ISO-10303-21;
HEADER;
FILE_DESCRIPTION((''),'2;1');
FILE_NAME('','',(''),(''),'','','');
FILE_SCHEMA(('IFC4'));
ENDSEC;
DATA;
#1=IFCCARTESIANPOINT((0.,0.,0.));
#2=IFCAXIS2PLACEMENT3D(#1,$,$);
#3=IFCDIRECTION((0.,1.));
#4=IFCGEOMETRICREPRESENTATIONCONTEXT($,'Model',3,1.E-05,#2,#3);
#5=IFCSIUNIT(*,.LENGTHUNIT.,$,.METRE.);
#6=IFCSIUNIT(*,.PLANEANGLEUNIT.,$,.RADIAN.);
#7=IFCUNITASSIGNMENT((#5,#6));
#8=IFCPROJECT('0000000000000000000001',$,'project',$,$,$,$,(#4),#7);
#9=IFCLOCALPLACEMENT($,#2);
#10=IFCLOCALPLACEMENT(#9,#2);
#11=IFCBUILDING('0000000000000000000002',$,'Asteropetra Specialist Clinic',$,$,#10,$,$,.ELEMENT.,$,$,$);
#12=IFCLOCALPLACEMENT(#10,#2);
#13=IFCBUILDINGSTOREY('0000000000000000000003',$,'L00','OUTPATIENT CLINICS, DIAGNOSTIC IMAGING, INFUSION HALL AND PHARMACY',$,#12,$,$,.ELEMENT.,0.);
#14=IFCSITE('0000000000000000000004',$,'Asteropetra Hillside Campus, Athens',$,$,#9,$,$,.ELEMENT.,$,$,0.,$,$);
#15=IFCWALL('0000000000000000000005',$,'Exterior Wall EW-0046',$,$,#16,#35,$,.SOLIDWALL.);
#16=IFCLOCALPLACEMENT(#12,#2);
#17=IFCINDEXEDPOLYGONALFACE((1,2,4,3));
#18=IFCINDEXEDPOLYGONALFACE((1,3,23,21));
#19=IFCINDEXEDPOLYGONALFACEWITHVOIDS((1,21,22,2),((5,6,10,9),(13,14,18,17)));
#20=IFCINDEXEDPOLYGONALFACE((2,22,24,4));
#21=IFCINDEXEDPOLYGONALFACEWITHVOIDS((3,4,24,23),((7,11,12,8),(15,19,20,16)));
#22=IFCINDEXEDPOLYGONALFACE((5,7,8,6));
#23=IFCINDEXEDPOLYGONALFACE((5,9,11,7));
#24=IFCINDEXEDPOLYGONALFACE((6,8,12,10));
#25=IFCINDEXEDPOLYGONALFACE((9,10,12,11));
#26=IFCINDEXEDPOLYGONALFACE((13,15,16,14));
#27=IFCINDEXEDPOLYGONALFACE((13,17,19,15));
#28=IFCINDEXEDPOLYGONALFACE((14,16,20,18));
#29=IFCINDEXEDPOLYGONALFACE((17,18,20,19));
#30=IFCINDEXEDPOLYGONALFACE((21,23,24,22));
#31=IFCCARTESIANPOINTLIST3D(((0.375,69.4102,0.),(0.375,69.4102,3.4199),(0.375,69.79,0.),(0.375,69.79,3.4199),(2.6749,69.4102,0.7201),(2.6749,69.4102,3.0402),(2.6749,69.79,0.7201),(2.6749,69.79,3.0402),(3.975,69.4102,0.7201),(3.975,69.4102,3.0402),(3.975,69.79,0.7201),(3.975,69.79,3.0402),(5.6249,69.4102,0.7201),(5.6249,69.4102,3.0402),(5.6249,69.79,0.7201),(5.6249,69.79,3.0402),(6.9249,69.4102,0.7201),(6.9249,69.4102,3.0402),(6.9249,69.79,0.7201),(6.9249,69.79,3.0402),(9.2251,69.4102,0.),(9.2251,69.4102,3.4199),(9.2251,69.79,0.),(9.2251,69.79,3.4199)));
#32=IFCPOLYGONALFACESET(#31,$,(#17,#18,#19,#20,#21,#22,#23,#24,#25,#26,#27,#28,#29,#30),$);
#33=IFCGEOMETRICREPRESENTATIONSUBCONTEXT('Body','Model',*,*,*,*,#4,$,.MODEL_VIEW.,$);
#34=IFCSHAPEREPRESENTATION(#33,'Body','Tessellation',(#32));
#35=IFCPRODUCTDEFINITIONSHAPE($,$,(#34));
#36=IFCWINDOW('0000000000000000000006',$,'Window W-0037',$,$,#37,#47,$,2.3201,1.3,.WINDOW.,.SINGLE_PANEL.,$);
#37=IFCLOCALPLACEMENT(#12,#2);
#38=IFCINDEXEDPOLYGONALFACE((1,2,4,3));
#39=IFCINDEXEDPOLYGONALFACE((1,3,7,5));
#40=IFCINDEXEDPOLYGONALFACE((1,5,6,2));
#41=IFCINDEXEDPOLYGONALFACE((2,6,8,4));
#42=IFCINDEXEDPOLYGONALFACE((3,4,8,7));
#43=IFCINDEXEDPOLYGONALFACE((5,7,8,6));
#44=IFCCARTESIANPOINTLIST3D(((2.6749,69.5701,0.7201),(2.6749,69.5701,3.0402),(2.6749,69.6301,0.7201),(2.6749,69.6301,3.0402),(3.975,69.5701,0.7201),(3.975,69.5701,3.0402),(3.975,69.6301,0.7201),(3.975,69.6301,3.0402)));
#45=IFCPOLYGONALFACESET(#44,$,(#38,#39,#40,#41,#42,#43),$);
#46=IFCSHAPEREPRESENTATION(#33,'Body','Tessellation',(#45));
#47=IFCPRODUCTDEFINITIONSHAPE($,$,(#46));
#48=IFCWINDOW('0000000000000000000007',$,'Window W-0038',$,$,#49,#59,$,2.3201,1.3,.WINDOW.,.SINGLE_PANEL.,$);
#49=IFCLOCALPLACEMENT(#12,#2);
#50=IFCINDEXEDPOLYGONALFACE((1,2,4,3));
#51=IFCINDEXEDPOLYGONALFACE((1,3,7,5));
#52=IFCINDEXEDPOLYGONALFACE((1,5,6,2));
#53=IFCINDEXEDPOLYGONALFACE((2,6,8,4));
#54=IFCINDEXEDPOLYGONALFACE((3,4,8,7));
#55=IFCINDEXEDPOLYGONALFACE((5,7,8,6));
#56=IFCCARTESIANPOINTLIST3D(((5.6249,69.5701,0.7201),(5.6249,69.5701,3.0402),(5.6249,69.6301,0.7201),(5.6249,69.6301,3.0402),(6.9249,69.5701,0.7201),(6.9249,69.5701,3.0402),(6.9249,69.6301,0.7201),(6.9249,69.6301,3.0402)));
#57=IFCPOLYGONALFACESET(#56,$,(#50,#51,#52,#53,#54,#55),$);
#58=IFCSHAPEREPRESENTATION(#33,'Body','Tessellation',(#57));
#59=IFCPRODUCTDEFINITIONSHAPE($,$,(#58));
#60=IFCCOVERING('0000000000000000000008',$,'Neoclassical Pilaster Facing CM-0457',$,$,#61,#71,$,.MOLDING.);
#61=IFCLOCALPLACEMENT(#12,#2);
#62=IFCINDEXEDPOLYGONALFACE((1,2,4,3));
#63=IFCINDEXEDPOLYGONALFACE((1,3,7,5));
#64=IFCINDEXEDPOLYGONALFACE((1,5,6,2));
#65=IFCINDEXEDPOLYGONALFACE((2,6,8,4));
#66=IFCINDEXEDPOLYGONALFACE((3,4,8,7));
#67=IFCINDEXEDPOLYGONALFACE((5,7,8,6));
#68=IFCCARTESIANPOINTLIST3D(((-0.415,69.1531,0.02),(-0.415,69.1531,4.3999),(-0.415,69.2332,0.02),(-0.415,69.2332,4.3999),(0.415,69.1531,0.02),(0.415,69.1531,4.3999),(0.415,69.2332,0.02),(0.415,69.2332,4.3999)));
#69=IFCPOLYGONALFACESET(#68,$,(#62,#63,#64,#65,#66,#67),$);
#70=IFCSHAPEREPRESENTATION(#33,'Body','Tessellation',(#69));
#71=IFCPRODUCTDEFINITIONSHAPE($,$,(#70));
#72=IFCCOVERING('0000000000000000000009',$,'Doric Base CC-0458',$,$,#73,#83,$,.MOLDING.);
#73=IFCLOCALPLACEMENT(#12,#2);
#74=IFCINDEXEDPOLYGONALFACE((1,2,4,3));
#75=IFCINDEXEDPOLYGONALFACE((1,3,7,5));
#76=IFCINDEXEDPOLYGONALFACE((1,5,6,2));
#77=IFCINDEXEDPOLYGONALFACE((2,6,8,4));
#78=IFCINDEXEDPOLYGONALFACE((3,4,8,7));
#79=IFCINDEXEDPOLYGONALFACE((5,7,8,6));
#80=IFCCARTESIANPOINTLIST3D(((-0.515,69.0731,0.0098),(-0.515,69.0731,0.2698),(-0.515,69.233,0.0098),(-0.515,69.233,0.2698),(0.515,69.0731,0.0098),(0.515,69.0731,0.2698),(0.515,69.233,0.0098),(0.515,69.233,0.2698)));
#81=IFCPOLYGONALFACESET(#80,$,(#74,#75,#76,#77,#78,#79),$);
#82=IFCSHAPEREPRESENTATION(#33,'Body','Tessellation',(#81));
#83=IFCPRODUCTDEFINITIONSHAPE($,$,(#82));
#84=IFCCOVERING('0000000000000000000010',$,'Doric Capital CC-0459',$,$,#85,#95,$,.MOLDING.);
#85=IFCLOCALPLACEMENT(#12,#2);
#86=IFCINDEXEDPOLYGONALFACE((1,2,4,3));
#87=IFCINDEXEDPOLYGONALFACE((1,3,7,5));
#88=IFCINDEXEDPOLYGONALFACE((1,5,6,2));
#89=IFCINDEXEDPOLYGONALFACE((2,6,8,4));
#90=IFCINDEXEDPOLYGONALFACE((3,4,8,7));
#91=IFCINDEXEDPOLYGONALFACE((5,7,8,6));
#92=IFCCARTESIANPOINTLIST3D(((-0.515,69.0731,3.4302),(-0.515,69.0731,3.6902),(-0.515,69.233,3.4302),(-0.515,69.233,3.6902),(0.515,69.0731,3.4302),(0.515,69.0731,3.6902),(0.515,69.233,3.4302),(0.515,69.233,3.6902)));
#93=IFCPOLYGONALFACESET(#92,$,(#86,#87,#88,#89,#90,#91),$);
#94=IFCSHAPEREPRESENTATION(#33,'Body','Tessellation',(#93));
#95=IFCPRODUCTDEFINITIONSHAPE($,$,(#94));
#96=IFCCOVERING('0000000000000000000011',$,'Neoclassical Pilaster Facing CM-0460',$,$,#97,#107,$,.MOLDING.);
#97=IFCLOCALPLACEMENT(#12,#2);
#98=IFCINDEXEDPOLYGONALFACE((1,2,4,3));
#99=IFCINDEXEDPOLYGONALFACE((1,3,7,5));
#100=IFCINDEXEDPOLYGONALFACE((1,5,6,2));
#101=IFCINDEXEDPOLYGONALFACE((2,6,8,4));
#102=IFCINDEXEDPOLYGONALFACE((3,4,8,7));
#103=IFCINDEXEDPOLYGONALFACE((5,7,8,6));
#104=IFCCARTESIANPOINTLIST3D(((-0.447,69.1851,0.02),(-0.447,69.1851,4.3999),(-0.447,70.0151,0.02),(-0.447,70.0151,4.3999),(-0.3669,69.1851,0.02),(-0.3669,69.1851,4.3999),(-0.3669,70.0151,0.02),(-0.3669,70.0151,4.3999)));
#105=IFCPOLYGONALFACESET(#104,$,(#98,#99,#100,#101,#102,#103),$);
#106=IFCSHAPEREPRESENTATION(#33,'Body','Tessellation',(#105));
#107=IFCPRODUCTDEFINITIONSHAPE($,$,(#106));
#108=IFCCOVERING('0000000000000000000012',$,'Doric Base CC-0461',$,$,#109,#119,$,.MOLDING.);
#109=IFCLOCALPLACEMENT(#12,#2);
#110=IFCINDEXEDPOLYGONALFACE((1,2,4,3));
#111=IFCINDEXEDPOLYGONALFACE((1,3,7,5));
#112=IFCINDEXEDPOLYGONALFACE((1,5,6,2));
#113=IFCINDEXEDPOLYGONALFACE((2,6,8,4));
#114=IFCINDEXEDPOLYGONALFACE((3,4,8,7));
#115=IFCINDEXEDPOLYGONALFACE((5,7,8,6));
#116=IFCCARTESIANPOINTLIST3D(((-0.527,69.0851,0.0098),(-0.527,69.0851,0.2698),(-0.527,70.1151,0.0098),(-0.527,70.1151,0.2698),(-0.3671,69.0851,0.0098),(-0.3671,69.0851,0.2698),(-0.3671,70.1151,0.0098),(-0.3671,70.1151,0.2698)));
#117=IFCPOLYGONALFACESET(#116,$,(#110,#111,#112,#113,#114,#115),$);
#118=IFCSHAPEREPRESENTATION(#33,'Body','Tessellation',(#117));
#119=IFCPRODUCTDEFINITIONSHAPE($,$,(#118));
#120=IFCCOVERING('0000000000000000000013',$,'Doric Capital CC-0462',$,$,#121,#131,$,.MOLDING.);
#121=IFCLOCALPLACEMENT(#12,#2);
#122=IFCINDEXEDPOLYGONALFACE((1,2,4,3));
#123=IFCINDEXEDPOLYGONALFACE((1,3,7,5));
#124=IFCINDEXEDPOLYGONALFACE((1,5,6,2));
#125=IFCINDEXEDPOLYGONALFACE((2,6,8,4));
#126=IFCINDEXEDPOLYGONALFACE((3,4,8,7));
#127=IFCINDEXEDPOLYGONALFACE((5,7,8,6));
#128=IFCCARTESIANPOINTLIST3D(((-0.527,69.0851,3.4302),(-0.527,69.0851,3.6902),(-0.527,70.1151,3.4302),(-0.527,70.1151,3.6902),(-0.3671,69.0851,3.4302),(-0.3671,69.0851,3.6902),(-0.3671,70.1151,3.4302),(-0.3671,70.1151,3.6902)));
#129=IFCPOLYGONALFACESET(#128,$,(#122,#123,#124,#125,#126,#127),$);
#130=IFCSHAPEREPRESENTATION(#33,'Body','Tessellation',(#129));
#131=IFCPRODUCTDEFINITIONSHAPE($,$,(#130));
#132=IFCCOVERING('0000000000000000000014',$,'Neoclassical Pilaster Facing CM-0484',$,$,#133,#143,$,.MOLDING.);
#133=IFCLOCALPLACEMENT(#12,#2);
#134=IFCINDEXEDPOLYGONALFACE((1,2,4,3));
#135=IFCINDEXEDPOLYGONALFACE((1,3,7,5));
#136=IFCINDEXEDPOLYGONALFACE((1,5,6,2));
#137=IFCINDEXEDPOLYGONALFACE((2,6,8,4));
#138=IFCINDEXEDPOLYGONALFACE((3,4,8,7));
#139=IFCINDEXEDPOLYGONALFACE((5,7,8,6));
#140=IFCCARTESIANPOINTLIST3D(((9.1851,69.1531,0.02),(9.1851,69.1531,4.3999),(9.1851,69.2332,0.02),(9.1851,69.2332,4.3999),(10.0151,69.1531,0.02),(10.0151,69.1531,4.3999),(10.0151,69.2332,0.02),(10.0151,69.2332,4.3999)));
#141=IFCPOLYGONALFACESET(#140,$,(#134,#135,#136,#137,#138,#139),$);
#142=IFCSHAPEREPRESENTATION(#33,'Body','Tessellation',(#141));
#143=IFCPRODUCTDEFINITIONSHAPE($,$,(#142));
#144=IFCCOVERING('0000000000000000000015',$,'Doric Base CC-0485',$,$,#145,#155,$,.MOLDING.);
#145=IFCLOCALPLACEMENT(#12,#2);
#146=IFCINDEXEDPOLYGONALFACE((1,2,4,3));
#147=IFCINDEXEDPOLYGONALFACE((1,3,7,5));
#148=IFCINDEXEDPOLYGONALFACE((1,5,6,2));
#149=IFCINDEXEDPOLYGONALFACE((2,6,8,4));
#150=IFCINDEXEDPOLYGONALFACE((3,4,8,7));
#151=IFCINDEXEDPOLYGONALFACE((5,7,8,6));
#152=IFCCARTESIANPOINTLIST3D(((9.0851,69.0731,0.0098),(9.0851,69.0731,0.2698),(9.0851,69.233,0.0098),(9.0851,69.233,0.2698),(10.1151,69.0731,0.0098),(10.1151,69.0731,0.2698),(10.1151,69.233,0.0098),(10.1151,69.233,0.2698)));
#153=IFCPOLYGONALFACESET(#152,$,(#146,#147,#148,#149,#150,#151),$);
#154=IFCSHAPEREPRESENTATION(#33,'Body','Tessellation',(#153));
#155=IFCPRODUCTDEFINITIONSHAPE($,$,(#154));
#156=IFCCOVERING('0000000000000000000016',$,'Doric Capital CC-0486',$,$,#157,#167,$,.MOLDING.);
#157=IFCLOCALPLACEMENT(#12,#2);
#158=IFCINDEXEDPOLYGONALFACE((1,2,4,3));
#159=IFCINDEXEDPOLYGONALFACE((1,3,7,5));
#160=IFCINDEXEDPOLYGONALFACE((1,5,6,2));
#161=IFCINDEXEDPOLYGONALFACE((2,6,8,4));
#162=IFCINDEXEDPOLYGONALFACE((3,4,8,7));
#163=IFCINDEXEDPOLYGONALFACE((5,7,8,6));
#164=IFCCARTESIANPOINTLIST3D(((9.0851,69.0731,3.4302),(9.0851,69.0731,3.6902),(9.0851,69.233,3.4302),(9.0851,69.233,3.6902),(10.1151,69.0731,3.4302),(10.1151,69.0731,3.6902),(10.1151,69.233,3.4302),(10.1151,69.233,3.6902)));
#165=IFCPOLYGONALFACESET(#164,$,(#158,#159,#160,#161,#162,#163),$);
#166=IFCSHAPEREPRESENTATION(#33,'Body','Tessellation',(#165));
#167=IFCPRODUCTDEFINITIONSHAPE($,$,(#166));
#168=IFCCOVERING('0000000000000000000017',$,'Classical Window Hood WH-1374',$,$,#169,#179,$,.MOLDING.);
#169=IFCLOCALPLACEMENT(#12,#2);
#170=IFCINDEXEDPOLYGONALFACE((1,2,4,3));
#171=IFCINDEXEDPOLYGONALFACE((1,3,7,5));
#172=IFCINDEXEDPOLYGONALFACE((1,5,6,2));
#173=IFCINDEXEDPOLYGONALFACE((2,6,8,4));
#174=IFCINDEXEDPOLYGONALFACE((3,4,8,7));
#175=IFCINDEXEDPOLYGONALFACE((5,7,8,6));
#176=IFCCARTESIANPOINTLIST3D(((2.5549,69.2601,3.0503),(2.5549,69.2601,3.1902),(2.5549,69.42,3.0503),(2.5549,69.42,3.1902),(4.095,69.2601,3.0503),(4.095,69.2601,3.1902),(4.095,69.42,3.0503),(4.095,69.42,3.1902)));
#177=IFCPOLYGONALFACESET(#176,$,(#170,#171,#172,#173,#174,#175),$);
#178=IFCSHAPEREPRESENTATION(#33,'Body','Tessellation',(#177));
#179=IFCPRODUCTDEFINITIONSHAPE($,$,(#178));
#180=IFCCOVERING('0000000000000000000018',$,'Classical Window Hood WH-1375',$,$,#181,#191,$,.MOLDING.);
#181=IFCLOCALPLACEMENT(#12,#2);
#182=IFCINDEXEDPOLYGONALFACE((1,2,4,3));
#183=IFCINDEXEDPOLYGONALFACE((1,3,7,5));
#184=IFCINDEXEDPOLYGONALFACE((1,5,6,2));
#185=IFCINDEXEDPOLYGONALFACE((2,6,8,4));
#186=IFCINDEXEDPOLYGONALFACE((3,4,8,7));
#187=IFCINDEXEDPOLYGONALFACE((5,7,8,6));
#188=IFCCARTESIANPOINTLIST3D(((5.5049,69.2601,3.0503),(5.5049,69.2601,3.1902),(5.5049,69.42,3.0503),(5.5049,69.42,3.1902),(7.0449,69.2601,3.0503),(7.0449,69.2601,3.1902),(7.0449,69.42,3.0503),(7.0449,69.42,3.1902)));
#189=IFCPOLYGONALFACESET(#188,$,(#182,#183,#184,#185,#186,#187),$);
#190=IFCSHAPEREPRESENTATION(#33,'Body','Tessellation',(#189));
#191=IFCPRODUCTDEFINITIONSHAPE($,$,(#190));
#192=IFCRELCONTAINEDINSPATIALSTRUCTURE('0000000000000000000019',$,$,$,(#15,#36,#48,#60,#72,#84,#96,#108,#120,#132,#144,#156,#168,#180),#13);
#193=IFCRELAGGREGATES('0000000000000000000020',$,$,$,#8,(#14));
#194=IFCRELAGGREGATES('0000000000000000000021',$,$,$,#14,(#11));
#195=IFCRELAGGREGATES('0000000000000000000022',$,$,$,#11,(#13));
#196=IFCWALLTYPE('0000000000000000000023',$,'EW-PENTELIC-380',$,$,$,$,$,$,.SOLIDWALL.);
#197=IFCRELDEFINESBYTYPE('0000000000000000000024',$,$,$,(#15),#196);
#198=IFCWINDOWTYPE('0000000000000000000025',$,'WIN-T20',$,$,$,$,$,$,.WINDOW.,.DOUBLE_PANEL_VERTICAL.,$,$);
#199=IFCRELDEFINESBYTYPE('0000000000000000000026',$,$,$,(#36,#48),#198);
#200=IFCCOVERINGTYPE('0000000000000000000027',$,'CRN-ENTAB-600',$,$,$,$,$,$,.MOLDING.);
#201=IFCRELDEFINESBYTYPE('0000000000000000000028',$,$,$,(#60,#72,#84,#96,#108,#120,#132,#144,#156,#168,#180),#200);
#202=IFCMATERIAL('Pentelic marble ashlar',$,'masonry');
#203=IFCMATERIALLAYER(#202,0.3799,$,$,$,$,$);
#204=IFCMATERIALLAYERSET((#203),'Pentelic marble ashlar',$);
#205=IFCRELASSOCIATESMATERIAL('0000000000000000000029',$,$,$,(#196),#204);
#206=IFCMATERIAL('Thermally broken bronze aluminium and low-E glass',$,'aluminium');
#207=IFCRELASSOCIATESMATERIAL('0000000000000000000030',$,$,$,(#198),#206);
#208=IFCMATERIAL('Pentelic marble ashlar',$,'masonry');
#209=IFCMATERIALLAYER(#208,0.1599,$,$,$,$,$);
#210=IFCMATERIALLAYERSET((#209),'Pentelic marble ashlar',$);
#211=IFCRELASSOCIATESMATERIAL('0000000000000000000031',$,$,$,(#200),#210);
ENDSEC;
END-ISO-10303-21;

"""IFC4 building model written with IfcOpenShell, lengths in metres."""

from ifc_helpers import new_model, si_unit, direction, frame, frame_2d, origin, origin_2d, place, context, subcontext, project, spatial, rectangle, extrude, material, layer, layer_set, type_object, element, fill, save


model = new_model("IFC4")

# Units and contexts
model_context = context("Model", 3, precision=1e-05, world=origin(), true_north=direction((0.0, 1.0)))
body_context = subcontext(model_context, "Body", "Model", "MODEL_VIEW")
ifc_project = project(units=[si_unit("LENGTHUNIT", "METRE"), si_unit("PLANEANGLEUNIT", "RADIAN")], contexts=[model_context])

# Site, building, storey
site_placement = place(None, origin())
site = spatial("IfcSite", under=ifc_project, at=site_placement, Name="Asteropetra Hillside Campus, Athens", CompositionType="ELEMENT", RefElevation=0.0)
building_placement = place(site_placement, origin())
building = spatial("IfcBuilding", under=site, at=building_placement, Name="Asteropetra Specialist Clinic", CompositionType="ELEMENT")
storey_placement = place(building_placement, origin())
storey = spatial("IfcBuildingStorey", under=building, at=storey_placement, Name="L00", Description="OUTPATIENT CLINICS, DIAGNOSTIC IMAGING, INFUSION HALL AND PHARMACY", CompositionType="ELEMENT", Elevation=0.0)

# Wall, openings, windows
ifc_material_1 = material(Name="Pentelic marble ashlar", Category="masonry")
ifc_layer_1 = layer(ifc_material_1, 0.3799)
ifc_layer_set_1 = layer_set([ifc_layer_1], Name="Pentelic marble ashlar")
wall_type = type_object("IfcWallType", Name="EW-PENTELIC-380", PredefinedType="SOLIDWALL", material=ifc_layer_set_1)
wall_placement = place(storey_placement, frame((0.375, 69.6001, 0.0), z_axis=(0.0, 0.0, 1.0), x_axis=(1.0, 0.0, 0.0)))
wall = element("IfcWall", 1, at=wall_placement, inside=storey, type_object=wall_type, Name="Exterior Wall EW-0046", PredefinedType="SOLIDWALL", context=body_context, shape_type="SweptSolid", body=[
    extrude(rectangle(XDim=8.8501, YDim=0.3799, at=frame_2d((4.425, 0.0))), origin(), (0.0, 0.0, 1.0), 3.4199),
])
opening_1_placement = place(wall_placement, frame((2.3, 0.0, 0.72)))
opening_1 = element("IfcOpeningElement", 2, at=opening_1_placement, cuts=wall, PredefinedType="OPENING", context=body_context, shape_type="SweptSolid", body=[
    extrude(rectangle(XDim=1.3, YDim=2.3201, at=frame_2d((0.6499, 1.1602))), frame((0.0, 0.2, 0.0), z_axis=(0.0, -1.0, 0.0), x_axis=(1.0, 0.0, 0.0)), (0.0, 0.0, 1.0), 0.3999),
])
opening_2_placement = place(wall_placement, frame((5.25, 0.0, 0.72)))
opening_2 = element("IfcOpeningElement", 3, at=opening_2_placement, cuts=wall, PredefinedType="OPENING", context=body_context, shape_type="SweptSolid", body=[
    extrude(rectangle(XDim=1.3, YDim=2.3201, at=frame_2d((0.6499, 1.1602))), frame((0.0, 0.2, 0.0), z_axis=(0.0, -1.0, 0.0), x_axis=(1.0, 0.0, 0.0)), (0.0, 0.0, 1.0), 0.3999),
])
ifc_material_2 = material(Name="Thermally broken bronze aluminium and low-E glass", Category="aluminium")
window_type = type_object("IfcWindowType", Name="WIN-T20", PartitioningType="DOUBLE_PANEL_VERTICAL", PredefinedType="WINDOW", material=ifc_material_2)
window_1_placement = place(opening_1_placement, origin())
window_1 = element("IfcWindow", 4, at=window_1_placement, inside=storey, type_object=window_type, Name="Window W-0037", OverallHeight=2.3201, OverallWidth=1.3, PartitioningType="SINGLE_PANEL", PredefinedType="WINDOW", context=body_context, shape_type="SweptSolid", body=[
    extrude(rectangle(XDim=1.3, YDim=2.3201, at=frame_2d((0.6499, 1.1602))), frame((0.0, 0.03, 0.0), z_axis=(0.0, -1.0, 0.0), x_axis=(1.0, 0.0, 0.0)), (0.0, 0.0, 1.0), 0.0601),
])
fill(opening_1, window_1)
window_2_placement = place(opening_2_placement, origin())
window_2 = element("IfcWindow", 5, at=window_2_placement, inside=storey, type_object=window_type, Name="Window W-0038", OverallHeight=2.3201, OverallWidth=1.3, PartitioningType="SINGLE_PANEL", PredefinedType="WINDOW", context=body_context, shape_type="SweptSolid", body=[
    extrude(rectangle(XDim=1.3, YDim=2.3201, at=frame_2d((0.6499, 1.1602))), frame((0.0, 0.03, 0.0), z_axis=(0.0, -1.0, 0.0), x_axis=(1.0, 0.0, 0.0)), (0.0, 0.0, 1.0), 0.0601),
])
fill(opening_2, window_2)

# Coverings
ifc_material_3 = material(Name="Pentelic marble ashlar", Category="masonry")
ifc_layer_2 = layer(ifc_material_3, 0.1599)
ifc_layer_set_2 = layer_set([ifc_layer_2], Name="Pentelic marble ashlar")
covering_type = type_object("IfcCoveringType", Name="CRN-ENTAB-600", PredefinedType="MOLDING", material=ifc_layer_set_2)
covering_1_placement = place(storey_placement, frame((0.0, 69.1931, 0.02), z_axis=(0.0, 0.0, 1.0), x_axis=(1.0, 0.0, 0.0)))
element("IfcCovering", 6, at=covering_1_placement, inside=storey, type_object=covering_type, Name="Neoclassical Pilaster Facing CM-0457", PredefinedType="MOLDING", context=body_context, shape_type="SweptSolid", body=[
    extrude(rectangle(XDim=0.8301, YDim=0.0801, at=origin_2d()), origin(), (0.0, 0.0, 1.0), 4.3799),
])
for number, where, z_axis, x_axis, name in (
    (7, (0.0, 69.1531, 0.0098), (0.0, 0.0, 1.0), (1.0, 0.0, 0.0), "Doric Base CC-0458"),
    (8, (0.0, 69.1531, 3.4302), (0.0, 0.0, 1.0), (1.0, 0.0, 0.0), "Doric Capital CC-0459"),
):
    element("IfcCovering", number, at=place(storey_placement, frame(where, z_axis=z_axis, x_axis=x_axis)), inside=storey, type_object=covering_type, Name=name, PredefinedType="MOLDING", context=body_context, shape_type="SweptSolid", body=[
        extrude(rectangle(XDim=1.03, YDim=0.1599, at=origin_2d()), origin(), (0.0, 0.0, 1.0), 0.26),
    ])
covering_2_placement = place(storey_placement, frame((-0.407, 69.6001, 0.02), z_axis=(0.0, 0.0, 1.0), x_axis=(1.0, 0.0, 0.0)))
element("IfcCovering", 9, at=covering_2_placement, inside=storey, type_object=covering_type, Name="Neoclassical Pilaster Facing CM-0460", PredefinedType="MOLDING", context=body_context, shape_type="SweptSolid", body=[
    extrude(rectangle(XDim=0.0801, YDim=0.8301, at=origin_2d()), origin(), (0.0, 0.0, 1.0), 4.3799),
])
for number, where, z_axis, x_axis, name in (
    (10, (-0.447, 69.6001, 0.0098), (0.0, 0.0, 1.0), (1.0, 0.0, 0.0), "Doric Base CC-0461"),
    (11, (-0.447, 69.6001, 3.4302), (0.0, 0.0, 1.0), (1.0, 0.0, 0.0), "Doric Capital CC-0462"),
):
    element("IfcCovering", number, at=place(storey_placement, frame(where, z_axis=z_axis, x_axis=x_axis)), inside=storey, type_object=covering_type, Name=name, PredefinedType="MOLDING", context=body_context, shape_type="SweptSolid", body=[
        extrude(rectangle(XDim=0.1599, YDim=1.03, at=origin_2d()), origin(), (0.0, 0.0, 1.0), 0.26),
    ])
covering_3_placement = place(storey_placement, frame((9.6001, 69.1931, 0.02), z_axis=(0.0, 0.0, 1.0), x_axis=(1.0, 0.0, 0.0)))
element("IfcCovering", 12, at=covering_3_placement, inside=storey, type_object=covering_type, Name="Neoclassical Pilaster Facing CM-0484", PredefinedType="MOLDING", context=body_context, shape_type="SweptSolid", body=[
    extrude(rectangle(XDim=0.8301, YDim=0.0801, at=origin_2d()), origin(), (0.0, 0.0, 1.0), 4.3799),
])
for number, where, z_axis, x_axis, name in (
    (13, (9.6001, 69.1531, 0.0098), (0.0, 0.0, 1.0), (1.0, 0.0, 0.0), "Doric Base CC-0485"),
    (14, (9.6001, 69.1531, 3.4302), (0.0, 0.0, 1.0), (1.0, 0.0, 0.0), "Doric Capital CC-0486"),
):
    element("IfcCovering", number, at=place(storey_placement, frame(where, z_axis=z_axis, x_axis=x_axis)), inside=storey, type_object=covering_type, Name=name, PredefinedType="MOLDING", context=body_context, shape_type="SweptSolid", body=[
        extrude(rectangle(XDim=1.03, YDim=0.1599, at=origin_2d()), origin(), (0.0, 0.0, 1.0), 0.26),
    ])
for number, where, z_axis, x_axis, name in (
    (15, (3.325, 69.3401, 3.0503), (0.0, 0.0, 1.0), (1.0, 0.0, 0.0), "Classical Window Hood WH-1374"),
    (16, (6.2749, 69.3401, 3.0503), (0.0, 0.0, 1.0), (1.0, 0.0, 0.0), "Classical Window Hood WH-1375"),
):
    element("IfcCovering", number, at=place(storey_placement, frame(where, z_axis=z_axis, x_axis=x_axis)), inside=storey, type_object=covering_type, Name=name, PredefinedType="MOLDING", context=body_context, shape_type="SweptSolid", body=[
        extrude(rectangle(XDim=1.54, YDim=0.1599, at=origin_2d()), origin(), (0.0, 0.0, 1.0), 0.1399),
    ])

save(model, "model.ifc")
